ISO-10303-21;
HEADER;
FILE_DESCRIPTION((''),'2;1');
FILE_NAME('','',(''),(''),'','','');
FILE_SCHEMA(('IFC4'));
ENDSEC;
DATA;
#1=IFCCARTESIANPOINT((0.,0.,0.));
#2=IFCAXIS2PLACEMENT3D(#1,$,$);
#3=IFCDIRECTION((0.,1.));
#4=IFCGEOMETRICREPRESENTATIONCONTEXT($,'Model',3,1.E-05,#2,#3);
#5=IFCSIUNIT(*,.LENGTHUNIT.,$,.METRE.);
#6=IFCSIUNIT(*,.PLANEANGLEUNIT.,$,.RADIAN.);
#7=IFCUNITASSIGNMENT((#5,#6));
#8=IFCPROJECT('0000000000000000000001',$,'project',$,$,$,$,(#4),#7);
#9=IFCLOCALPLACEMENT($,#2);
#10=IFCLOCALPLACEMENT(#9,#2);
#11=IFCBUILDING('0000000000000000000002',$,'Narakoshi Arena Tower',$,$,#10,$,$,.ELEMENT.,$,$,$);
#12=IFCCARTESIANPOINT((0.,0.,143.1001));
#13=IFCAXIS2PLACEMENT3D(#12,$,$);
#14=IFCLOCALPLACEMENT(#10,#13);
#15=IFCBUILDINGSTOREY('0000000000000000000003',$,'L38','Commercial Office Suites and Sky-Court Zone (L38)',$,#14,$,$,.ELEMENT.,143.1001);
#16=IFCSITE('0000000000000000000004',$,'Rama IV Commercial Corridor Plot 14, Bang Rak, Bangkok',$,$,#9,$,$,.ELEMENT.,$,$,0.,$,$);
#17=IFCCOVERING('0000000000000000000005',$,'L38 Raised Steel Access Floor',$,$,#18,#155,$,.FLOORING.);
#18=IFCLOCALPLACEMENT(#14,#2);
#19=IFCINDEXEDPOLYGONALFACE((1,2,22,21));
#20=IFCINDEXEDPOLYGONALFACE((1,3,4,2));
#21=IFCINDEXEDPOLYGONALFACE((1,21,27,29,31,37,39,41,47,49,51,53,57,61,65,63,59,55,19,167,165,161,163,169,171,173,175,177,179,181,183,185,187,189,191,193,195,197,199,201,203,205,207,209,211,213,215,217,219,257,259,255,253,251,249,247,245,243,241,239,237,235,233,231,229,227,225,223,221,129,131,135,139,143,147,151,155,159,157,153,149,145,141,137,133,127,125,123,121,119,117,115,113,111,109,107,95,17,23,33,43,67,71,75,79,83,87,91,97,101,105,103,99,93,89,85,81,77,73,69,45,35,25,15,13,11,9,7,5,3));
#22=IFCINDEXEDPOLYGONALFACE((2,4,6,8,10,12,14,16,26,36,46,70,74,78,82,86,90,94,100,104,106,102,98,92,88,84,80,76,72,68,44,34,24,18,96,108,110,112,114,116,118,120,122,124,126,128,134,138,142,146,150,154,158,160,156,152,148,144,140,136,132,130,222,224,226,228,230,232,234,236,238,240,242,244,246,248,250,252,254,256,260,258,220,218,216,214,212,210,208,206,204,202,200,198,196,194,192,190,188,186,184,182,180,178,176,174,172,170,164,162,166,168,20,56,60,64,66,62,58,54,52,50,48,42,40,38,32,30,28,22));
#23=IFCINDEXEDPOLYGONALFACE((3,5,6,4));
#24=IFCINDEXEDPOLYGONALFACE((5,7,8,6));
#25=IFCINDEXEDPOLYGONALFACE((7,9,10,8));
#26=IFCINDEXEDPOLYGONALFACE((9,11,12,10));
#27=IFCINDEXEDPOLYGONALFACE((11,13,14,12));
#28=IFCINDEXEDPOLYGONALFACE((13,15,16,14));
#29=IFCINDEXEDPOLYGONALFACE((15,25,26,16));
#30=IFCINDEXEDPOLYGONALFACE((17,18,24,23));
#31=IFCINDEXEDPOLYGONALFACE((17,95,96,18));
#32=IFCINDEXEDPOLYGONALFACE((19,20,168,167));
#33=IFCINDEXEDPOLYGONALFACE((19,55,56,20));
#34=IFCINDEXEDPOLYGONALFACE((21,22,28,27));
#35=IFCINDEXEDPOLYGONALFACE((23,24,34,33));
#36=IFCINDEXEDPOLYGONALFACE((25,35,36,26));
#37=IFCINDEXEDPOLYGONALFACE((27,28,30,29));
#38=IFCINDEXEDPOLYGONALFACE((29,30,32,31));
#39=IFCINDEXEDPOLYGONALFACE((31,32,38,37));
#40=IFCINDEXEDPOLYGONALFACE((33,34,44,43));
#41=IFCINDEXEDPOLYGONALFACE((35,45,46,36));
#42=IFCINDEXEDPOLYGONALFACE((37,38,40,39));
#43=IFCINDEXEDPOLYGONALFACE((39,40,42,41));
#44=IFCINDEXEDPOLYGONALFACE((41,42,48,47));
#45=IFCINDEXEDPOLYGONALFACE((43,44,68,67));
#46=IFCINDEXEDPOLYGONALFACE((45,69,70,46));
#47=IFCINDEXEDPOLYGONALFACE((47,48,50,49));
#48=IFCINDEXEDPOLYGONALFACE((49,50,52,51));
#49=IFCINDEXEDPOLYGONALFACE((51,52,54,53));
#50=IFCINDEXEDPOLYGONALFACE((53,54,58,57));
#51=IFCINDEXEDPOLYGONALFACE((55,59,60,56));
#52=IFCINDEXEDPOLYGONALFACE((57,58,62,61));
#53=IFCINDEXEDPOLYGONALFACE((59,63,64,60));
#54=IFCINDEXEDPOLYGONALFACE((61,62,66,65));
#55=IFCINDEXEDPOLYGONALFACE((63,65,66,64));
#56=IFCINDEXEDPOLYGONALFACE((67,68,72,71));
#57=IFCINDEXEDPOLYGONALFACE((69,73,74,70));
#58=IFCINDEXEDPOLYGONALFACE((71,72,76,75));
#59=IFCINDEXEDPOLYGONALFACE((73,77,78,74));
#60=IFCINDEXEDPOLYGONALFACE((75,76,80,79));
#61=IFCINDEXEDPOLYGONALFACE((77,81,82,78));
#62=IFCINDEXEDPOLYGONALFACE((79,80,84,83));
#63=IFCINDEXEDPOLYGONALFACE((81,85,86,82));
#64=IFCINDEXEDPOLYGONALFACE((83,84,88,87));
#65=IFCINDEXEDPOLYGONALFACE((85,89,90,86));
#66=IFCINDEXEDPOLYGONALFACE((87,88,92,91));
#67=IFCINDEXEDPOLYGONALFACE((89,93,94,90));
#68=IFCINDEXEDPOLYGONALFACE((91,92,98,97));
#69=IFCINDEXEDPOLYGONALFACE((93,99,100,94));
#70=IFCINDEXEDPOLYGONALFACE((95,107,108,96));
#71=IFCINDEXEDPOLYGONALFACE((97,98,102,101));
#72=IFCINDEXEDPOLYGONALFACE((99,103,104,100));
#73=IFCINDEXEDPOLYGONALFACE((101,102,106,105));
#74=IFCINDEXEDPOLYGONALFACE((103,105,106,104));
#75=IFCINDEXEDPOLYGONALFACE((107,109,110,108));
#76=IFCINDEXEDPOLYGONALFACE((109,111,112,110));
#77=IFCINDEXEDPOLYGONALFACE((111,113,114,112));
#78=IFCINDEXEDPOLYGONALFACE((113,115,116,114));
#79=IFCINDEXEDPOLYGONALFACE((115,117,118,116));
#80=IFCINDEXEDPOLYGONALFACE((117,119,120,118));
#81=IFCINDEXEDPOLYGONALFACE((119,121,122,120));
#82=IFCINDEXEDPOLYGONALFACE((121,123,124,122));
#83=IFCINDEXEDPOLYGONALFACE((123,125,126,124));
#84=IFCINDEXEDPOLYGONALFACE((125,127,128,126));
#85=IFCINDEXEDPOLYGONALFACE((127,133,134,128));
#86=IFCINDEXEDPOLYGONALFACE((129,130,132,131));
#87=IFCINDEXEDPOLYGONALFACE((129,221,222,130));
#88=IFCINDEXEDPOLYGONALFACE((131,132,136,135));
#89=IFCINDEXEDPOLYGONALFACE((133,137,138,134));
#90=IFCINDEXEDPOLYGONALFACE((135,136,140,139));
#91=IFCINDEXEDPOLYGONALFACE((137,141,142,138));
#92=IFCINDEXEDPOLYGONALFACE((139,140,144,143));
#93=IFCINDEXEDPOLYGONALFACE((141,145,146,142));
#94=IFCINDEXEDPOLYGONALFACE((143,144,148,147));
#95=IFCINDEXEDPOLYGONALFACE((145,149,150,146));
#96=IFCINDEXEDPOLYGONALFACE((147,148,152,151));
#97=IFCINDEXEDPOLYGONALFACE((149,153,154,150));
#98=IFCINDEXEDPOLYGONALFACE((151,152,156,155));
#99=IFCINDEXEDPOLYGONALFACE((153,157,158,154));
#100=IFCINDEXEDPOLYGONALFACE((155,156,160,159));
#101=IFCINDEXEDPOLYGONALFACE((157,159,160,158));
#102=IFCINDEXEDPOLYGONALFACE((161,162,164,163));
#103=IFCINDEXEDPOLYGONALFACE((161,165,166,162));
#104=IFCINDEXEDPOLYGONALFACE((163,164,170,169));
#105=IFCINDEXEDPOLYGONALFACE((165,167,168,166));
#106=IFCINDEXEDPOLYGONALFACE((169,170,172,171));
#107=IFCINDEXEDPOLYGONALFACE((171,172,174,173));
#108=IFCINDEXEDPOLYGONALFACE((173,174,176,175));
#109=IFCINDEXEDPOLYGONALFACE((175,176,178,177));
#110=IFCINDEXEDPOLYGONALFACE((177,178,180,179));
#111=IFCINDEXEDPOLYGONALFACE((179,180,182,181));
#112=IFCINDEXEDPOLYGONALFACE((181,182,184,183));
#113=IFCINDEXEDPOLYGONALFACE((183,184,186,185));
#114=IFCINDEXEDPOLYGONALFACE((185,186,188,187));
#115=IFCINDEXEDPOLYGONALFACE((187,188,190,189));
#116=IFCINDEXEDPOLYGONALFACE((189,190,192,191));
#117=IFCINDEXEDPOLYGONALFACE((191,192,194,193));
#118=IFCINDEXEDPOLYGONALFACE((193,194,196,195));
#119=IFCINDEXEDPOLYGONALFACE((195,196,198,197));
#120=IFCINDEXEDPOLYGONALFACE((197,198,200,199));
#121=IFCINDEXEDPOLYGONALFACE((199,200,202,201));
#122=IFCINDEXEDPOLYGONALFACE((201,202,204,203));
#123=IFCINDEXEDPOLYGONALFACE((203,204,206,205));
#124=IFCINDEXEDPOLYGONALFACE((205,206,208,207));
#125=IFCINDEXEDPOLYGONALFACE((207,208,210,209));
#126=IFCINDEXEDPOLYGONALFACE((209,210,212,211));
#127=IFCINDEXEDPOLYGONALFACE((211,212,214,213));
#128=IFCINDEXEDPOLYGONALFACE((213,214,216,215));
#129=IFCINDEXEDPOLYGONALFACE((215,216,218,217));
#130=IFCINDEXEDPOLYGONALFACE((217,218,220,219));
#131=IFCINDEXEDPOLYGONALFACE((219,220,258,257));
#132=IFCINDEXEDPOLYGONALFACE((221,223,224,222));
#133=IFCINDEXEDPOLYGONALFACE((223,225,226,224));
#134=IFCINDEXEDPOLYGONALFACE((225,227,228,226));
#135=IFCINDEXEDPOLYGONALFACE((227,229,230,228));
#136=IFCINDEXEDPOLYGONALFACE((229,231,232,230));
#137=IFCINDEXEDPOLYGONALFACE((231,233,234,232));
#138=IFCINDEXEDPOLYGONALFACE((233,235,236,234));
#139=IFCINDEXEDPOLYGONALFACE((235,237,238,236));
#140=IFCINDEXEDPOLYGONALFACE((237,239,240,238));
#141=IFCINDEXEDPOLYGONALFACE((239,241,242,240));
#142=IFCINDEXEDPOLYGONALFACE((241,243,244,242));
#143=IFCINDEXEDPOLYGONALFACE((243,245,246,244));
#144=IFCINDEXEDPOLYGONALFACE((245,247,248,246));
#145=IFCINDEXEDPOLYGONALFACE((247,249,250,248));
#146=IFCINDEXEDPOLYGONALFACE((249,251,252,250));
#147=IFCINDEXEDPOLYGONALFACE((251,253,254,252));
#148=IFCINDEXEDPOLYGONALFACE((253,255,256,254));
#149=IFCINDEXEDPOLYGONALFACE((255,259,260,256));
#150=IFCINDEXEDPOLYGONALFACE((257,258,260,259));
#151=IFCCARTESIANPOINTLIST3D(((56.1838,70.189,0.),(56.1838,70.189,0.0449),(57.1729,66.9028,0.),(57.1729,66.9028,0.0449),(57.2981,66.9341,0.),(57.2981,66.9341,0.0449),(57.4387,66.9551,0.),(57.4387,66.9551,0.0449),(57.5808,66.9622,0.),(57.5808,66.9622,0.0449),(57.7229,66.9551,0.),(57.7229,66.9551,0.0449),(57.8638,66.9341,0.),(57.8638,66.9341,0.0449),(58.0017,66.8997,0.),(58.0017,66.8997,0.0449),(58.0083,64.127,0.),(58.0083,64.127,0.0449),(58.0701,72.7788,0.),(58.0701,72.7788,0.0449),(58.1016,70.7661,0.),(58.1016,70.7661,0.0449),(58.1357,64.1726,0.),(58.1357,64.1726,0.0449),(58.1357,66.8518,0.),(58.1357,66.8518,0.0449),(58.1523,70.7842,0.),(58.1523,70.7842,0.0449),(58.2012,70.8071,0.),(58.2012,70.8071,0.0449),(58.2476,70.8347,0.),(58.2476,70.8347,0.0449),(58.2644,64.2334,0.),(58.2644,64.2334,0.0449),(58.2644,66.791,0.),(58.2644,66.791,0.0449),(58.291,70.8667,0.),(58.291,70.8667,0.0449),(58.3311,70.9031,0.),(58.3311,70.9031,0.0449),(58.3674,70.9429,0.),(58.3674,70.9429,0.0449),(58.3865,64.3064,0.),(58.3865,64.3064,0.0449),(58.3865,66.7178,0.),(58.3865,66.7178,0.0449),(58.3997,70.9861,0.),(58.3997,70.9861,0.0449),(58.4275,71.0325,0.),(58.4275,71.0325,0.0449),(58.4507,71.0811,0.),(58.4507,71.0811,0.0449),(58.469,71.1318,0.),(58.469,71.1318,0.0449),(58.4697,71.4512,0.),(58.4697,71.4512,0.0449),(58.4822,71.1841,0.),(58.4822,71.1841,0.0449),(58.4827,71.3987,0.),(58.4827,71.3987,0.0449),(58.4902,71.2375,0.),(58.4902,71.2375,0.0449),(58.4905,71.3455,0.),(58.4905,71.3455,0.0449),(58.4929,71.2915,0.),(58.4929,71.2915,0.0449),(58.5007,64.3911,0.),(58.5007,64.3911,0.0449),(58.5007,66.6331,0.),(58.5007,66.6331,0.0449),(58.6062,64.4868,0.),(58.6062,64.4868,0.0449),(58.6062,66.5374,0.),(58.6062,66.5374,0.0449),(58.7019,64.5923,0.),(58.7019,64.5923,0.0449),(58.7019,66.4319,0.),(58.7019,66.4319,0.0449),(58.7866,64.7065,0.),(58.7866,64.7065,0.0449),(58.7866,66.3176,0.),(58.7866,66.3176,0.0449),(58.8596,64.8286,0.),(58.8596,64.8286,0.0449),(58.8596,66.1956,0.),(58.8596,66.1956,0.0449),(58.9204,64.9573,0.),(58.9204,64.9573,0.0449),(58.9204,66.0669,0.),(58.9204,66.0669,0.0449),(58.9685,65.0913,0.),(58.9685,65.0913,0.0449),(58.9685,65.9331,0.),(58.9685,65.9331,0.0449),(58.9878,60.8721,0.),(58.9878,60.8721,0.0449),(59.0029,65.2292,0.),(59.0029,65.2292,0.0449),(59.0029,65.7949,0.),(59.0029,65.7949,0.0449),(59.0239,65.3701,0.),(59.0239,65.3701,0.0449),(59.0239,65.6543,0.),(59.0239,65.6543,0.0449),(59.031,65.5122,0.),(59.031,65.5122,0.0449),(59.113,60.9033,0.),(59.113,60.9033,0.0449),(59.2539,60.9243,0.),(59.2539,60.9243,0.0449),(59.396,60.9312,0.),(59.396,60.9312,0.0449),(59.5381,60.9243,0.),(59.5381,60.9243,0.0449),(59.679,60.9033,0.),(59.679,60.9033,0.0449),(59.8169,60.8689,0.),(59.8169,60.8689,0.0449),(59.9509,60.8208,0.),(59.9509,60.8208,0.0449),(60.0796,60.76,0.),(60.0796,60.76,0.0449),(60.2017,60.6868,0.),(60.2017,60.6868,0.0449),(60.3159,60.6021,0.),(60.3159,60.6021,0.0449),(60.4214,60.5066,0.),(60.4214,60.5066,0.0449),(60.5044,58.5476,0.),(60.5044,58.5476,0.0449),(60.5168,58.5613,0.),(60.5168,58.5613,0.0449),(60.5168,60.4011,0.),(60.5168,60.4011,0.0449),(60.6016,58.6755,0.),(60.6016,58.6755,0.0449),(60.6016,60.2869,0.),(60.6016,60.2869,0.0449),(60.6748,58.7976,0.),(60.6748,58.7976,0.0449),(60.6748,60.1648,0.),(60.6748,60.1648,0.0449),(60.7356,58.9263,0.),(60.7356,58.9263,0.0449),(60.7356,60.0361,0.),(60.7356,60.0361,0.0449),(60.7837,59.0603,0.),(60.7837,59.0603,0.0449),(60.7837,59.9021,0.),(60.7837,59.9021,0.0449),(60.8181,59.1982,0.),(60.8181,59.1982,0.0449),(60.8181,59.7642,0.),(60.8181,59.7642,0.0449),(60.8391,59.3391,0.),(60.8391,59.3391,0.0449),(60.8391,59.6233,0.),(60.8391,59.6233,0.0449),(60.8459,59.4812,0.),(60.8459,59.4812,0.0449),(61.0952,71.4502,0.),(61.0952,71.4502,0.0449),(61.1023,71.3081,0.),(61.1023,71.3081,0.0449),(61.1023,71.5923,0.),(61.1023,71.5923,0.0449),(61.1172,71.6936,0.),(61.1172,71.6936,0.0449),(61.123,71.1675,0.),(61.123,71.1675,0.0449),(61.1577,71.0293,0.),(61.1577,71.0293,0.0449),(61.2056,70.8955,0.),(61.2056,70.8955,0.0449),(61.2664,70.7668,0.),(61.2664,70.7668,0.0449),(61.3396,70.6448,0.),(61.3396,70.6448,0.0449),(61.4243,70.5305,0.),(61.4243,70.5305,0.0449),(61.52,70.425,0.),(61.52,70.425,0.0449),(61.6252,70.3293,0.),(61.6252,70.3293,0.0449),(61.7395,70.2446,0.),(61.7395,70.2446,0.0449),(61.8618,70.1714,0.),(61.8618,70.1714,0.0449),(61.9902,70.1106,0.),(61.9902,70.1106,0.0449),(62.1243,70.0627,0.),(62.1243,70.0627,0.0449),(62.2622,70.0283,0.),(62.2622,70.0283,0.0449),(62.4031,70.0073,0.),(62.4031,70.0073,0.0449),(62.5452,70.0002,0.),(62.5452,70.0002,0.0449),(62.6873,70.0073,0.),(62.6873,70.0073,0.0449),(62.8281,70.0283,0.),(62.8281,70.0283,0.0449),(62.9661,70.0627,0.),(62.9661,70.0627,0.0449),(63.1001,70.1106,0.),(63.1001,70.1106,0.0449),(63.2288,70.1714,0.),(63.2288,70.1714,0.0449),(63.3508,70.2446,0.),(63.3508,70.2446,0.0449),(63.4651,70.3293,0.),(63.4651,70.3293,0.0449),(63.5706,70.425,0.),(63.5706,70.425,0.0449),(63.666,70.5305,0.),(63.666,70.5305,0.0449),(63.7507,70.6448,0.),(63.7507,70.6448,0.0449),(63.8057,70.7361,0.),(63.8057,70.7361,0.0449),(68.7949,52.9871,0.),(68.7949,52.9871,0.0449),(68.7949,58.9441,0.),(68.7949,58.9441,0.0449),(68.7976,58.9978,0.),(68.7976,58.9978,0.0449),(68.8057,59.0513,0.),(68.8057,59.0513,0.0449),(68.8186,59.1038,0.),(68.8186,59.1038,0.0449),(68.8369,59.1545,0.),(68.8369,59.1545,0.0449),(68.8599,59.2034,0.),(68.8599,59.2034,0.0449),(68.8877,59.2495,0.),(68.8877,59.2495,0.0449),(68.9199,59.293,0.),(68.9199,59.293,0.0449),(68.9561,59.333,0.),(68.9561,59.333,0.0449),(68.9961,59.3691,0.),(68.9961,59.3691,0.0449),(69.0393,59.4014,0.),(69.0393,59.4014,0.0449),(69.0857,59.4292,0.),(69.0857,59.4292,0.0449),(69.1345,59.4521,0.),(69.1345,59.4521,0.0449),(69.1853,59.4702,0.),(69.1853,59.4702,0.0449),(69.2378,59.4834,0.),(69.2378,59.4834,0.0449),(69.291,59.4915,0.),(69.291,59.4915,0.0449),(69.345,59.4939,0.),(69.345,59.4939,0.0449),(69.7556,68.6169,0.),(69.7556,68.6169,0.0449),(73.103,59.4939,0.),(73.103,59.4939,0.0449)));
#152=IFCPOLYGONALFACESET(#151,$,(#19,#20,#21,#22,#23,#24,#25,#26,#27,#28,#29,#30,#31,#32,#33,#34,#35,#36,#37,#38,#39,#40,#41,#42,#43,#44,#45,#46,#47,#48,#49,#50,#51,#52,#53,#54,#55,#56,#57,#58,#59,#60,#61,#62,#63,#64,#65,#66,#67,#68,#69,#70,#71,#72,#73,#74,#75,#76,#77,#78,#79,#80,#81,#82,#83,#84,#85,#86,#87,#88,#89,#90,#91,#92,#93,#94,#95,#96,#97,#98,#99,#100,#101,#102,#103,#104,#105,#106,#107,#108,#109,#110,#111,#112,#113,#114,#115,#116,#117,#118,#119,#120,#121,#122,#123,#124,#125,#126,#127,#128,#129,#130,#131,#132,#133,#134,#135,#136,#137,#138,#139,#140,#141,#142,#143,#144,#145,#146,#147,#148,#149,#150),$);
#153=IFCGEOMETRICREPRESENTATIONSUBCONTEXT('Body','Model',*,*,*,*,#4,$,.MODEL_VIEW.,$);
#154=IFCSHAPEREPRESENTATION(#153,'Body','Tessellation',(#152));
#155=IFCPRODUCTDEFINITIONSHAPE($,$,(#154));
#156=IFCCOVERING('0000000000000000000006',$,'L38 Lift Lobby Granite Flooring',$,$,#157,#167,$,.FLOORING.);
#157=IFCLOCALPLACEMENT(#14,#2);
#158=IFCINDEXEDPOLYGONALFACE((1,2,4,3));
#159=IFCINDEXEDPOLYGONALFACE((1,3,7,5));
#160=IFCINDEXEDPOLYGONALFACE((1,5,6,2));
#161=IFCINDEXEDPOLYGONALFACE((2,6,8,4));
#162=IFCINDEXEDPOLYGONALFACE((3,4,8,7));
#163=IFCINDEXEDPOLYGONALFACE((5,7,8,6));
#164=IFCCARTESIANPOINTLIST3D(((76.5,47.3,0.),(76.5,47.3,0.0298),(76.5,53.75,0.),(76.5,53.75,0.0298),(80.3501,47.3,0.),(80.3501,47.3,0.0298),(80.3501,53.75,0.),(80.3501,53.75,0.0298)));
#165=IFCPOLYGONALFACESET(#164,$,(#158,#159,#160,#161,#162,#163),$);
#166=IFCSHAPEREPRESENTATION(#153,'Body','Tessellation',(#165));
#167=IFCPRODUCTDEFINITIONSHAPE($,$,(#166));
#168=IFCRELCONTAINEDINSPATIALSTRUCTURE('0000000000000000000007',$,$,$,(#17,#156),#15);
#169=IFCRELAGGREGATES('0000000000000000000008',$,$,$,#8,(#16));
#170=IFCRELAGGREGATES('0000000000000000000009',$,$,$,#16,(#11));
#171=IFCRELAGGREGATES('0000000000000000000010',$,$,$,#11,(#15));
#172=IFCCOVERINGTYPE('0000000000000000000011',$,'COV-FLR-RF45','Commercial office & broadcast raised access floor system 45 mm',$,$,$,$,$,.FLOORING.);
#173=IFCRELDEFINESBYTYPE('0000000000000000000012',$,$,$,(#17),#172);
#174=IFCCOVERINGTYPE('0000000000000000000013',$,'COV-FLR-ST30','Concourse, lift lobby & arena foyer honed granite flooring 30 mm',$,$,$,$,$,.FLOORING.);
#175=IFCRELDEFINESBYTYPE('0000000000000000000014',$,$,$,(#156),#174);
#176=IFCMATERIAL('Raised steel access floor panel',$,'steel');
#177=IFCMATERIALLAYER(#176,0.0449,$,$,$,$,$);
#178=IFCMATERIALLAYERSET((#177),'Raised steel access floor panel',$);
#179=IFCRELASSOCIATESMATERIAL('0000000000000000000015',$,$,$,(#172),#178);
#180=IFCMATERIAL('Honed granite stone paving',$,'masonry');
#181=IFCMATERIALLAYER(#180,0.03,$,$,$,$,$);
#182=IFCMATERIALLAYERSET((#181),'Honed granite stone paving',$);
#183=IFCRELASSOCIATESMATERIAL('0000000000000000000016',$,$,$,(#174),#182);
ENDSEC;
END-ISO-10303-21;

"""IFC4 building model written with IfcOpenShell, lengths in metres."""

from ifc_helpers import new_model, si_unit, direction, frame, origin, place, context, subcontext, project, spatial, polyline, outline, extrude, material, layer, layer_set, type_object, element, save


model = new_model("IFC4")

# Units and contexts
model_context = context("Model", 3, precision=1e-05, world=origin(), true_north=direction((0.0, 1.0)))
body_context = subcontext(model_context, "Body", "Model", "MODEL_VIEW")
ifc_project = project(units=[si_unit("LENGTHUNIT", "METRE"), si_unit("PLANEANGLEUNIT", "RADIAN")], contexts=[model_context])

# Site, building, storey
site_placement = place(None, origin())
site = spatial("IfcSite", under=ifc_project, at=site_placement, Name="Rama IV Commercial Corridor Plot 14, Bang Rak, Bangkok", CompositionType="ELEMENT", RefElevation=0.0)
building_placement = place(site_placement, origin())
building = spatial("IfcBuilding", under=site, at=building_placement, Name="Narakoshi Arena Tower", CompositionType="ELEMENT")
storey_placement = place(building_placement, frame((0.0, 0.0, 143.1001)))
storey = spatial("IfcBuildingStorey", under=building, at=storey_placement, Name="L38", Description="Commercial Office Suites and Sky-Court Zone (L38)", CompositionType="ELEMENT", Elevation=143.1001)

# Coverings
ifc_material_1 = material(Name="Raised steel access floor panel", Category="steel")
ifc_layer_1 = layer(ifc_material_1, 0.0449)
ifc_layer_set_1 = layer_set([ifc_layer_1], Name="Raised steel access floor panel")
covering_type_1 = type_object("IfcCoveringType", Name="COV-FLR-RF45", Description="Commercial office & broadcast raised access floor system 45 mm", PredefinedType="FLOORING", material=ifc_layer_set_1)
covering_1_placement = place(storey_placement, origin())
element("IfcCovering", 1, at=covering_1_placement, inside=storey, type_object=covering_type_1, Name="L38 Raised Steel Access Floor", PredefinedType="FLOORING", context=body_context, shape_type="SweptSolid", body=[
    extrude(outline(polyline([(58.1016, 70.7661), (58.1523, 70.7842), (58.2012, 70.8071), (58.2476, 70.8347), (58.291, 70.8667), (58.3311, 70.9031), (58.3674, 70.9429), (58.3997, 70.9861), (58.4275, 71.0325), (58.4507, 71.0811), (58.469, 71.1318), (58.4822, 71.1841), (58.4902, 71.2375), (58.4929, 71.2915), (58.4905, 71.3455), (58.4827, 71.3987), (58.4697, 71.4512), (58.0701, 72.7788), (61.1172, 71.6936), (61.1023, 71.5923), (61.0952, 71.4502), (61.1023, 71.3081), (61.123, 71.1675), (61.1577, 71.0293), (61.2056, 70.8955), (61.2664, 70.7668), (61.3396, 70.6448), (61.4243, 70.5305), (61.52, 70.425), (61.6252, 70.3293), (61.7395, 70.2446), (61.8618, 70.1714), (61.9902, 70.1106), (62.1243, 70.0627), (62.2622, 70.0283), (62.4031, 70.0073), (62.5452, 70.0002), (62.6873, 70.0073), (62.8281, 70.0283), (62.9661, 70.0627), (63.1001, 70.1106), (63.2288, 70.1714), (63.3508, 70.2446), (63.4651, 70.3293), (63.5706, 70.425), (63.666, 70.5305), (63.7507, 70.6448), (63.8057, 70.7361), (69.7556, 68.6169), (73.103, 59.4939), (69.345, 59.4939), (69.291, 59.4915), (69.2378, 59.4834), (69.1853, 59.4702), (69.1345, 59.4521), (69.0857, 59.4292), (69.0393, 59.4014), (68.9961, 59.3691), (68.9561, 59.333), (68.9199, 59.293), (68.8877, 59.2495), (68.8599, 59.2034), (68.8369, 59.1545), (68.8186, 59.1038), (68.8057, 59.0513), (68.7976, 58.9978), (68.7949, 58.9441), (68.7949, 52.9871), (60.5044, 58.5476), (60.5168, 58.5613), (60.6016, 58.6755), (60.6748, 58.7976), (60.7356, 58.9263), (60.7837, 59.0603), (60.8181, 59.1982), (60.8391, 59.3391), (60.8459, 59.4812), (60.8391, 59.6233), (60.8181, 59.7642), (60.7837, 59.9021), (60.7356, 60.0361), (60.6748, 60.1648), (60.6016, 60.2869), (60.5168, 60.4011), (60.4214, 60.5066), (60.3159, 60.6021), (60.2017, 60.6868), (60.0796, 60.76), (59.9509, 60.8208), (59.8169, 60.8689), (59.679, 60.9033), (59.5381, 60.9243), (59.396, 60.9312), (59.2539, 60.9243), (59.113, 60.9033), (58.9878, 60.8721), (58.0083, 64.127), (58.1357, 64.1726), (58.2644, 64.2334), (58.3865, 64.3064), (58.5007, 64.3911), (58.6062, 64.4868), (58.7019, 64.5923), (58.7866, 64.7065), (58.8596, 64.8286), (58.9204, 64.9573), (58.9685, 65.0913), (59.0029, 65.2292), (59.0239, 65.3701), (59.031, 65.5122), (59.0239, 65.6543), (59.0029, 65.7949), (58.9685, 65.9331), (58.9204, 66.0669), (58.8596, 66.1956), (58.7866, 66.3176), (58.7019, 66.4319), (58.6062, 66.5374), (58.5007, 66.6331), (58.3865, 66.7178), (58.2644, 66.791), (58.1357, 66.8518), (58.0017, 66.8997), (57.8638, 66.9341), (57.7229, 66.9551), (57.5808, 66.9622), (57.4387, 66.9551), (57.2981, 66.9341), (57.1729, 66.9028), (56.1838, 70.189), (58.1016, 70.7661)])), origin(), (0.0, 0.0, 1.0), 0.0449),
])
ifc_material_2 = material(Name="Honed granite stone paving", Category="masonry")
ifc_layer_2 = layer(ifc_material_2, 0.03)
ifc_layer_set_2 = layer_set([ifc_layer_2], Name="Honed granite stone paving")
covering_type_2 = type_object("IfcCoveringType", Name="COV-FLR-ST30", Description="Concourse, lift lobby & arena foyer honed granite flooring 30 mm", PredefinedType="FLOORING", material=ifc_layer_set_2)
covering_2_placement = place(storey_placement, origin())
element("IfcCovering", 2, at=covering_2_placement, inside=storey, type_object=covering_type_2, Name="L38 Lift Lobby Granite Flooring", PredefinedType="FLOORING", context=body_context, shape_type="SweptSolid", body=[
    extrude(outline(polyline([(76.5, 47.3), (80.3501, 47.3), (80.3501, 53.75), (76.5, 53.75), (76.5, 47.3)])), origin(), (0.0, 0.0, 1.0), 0.0298),
])

save(model, "model.ifc")
